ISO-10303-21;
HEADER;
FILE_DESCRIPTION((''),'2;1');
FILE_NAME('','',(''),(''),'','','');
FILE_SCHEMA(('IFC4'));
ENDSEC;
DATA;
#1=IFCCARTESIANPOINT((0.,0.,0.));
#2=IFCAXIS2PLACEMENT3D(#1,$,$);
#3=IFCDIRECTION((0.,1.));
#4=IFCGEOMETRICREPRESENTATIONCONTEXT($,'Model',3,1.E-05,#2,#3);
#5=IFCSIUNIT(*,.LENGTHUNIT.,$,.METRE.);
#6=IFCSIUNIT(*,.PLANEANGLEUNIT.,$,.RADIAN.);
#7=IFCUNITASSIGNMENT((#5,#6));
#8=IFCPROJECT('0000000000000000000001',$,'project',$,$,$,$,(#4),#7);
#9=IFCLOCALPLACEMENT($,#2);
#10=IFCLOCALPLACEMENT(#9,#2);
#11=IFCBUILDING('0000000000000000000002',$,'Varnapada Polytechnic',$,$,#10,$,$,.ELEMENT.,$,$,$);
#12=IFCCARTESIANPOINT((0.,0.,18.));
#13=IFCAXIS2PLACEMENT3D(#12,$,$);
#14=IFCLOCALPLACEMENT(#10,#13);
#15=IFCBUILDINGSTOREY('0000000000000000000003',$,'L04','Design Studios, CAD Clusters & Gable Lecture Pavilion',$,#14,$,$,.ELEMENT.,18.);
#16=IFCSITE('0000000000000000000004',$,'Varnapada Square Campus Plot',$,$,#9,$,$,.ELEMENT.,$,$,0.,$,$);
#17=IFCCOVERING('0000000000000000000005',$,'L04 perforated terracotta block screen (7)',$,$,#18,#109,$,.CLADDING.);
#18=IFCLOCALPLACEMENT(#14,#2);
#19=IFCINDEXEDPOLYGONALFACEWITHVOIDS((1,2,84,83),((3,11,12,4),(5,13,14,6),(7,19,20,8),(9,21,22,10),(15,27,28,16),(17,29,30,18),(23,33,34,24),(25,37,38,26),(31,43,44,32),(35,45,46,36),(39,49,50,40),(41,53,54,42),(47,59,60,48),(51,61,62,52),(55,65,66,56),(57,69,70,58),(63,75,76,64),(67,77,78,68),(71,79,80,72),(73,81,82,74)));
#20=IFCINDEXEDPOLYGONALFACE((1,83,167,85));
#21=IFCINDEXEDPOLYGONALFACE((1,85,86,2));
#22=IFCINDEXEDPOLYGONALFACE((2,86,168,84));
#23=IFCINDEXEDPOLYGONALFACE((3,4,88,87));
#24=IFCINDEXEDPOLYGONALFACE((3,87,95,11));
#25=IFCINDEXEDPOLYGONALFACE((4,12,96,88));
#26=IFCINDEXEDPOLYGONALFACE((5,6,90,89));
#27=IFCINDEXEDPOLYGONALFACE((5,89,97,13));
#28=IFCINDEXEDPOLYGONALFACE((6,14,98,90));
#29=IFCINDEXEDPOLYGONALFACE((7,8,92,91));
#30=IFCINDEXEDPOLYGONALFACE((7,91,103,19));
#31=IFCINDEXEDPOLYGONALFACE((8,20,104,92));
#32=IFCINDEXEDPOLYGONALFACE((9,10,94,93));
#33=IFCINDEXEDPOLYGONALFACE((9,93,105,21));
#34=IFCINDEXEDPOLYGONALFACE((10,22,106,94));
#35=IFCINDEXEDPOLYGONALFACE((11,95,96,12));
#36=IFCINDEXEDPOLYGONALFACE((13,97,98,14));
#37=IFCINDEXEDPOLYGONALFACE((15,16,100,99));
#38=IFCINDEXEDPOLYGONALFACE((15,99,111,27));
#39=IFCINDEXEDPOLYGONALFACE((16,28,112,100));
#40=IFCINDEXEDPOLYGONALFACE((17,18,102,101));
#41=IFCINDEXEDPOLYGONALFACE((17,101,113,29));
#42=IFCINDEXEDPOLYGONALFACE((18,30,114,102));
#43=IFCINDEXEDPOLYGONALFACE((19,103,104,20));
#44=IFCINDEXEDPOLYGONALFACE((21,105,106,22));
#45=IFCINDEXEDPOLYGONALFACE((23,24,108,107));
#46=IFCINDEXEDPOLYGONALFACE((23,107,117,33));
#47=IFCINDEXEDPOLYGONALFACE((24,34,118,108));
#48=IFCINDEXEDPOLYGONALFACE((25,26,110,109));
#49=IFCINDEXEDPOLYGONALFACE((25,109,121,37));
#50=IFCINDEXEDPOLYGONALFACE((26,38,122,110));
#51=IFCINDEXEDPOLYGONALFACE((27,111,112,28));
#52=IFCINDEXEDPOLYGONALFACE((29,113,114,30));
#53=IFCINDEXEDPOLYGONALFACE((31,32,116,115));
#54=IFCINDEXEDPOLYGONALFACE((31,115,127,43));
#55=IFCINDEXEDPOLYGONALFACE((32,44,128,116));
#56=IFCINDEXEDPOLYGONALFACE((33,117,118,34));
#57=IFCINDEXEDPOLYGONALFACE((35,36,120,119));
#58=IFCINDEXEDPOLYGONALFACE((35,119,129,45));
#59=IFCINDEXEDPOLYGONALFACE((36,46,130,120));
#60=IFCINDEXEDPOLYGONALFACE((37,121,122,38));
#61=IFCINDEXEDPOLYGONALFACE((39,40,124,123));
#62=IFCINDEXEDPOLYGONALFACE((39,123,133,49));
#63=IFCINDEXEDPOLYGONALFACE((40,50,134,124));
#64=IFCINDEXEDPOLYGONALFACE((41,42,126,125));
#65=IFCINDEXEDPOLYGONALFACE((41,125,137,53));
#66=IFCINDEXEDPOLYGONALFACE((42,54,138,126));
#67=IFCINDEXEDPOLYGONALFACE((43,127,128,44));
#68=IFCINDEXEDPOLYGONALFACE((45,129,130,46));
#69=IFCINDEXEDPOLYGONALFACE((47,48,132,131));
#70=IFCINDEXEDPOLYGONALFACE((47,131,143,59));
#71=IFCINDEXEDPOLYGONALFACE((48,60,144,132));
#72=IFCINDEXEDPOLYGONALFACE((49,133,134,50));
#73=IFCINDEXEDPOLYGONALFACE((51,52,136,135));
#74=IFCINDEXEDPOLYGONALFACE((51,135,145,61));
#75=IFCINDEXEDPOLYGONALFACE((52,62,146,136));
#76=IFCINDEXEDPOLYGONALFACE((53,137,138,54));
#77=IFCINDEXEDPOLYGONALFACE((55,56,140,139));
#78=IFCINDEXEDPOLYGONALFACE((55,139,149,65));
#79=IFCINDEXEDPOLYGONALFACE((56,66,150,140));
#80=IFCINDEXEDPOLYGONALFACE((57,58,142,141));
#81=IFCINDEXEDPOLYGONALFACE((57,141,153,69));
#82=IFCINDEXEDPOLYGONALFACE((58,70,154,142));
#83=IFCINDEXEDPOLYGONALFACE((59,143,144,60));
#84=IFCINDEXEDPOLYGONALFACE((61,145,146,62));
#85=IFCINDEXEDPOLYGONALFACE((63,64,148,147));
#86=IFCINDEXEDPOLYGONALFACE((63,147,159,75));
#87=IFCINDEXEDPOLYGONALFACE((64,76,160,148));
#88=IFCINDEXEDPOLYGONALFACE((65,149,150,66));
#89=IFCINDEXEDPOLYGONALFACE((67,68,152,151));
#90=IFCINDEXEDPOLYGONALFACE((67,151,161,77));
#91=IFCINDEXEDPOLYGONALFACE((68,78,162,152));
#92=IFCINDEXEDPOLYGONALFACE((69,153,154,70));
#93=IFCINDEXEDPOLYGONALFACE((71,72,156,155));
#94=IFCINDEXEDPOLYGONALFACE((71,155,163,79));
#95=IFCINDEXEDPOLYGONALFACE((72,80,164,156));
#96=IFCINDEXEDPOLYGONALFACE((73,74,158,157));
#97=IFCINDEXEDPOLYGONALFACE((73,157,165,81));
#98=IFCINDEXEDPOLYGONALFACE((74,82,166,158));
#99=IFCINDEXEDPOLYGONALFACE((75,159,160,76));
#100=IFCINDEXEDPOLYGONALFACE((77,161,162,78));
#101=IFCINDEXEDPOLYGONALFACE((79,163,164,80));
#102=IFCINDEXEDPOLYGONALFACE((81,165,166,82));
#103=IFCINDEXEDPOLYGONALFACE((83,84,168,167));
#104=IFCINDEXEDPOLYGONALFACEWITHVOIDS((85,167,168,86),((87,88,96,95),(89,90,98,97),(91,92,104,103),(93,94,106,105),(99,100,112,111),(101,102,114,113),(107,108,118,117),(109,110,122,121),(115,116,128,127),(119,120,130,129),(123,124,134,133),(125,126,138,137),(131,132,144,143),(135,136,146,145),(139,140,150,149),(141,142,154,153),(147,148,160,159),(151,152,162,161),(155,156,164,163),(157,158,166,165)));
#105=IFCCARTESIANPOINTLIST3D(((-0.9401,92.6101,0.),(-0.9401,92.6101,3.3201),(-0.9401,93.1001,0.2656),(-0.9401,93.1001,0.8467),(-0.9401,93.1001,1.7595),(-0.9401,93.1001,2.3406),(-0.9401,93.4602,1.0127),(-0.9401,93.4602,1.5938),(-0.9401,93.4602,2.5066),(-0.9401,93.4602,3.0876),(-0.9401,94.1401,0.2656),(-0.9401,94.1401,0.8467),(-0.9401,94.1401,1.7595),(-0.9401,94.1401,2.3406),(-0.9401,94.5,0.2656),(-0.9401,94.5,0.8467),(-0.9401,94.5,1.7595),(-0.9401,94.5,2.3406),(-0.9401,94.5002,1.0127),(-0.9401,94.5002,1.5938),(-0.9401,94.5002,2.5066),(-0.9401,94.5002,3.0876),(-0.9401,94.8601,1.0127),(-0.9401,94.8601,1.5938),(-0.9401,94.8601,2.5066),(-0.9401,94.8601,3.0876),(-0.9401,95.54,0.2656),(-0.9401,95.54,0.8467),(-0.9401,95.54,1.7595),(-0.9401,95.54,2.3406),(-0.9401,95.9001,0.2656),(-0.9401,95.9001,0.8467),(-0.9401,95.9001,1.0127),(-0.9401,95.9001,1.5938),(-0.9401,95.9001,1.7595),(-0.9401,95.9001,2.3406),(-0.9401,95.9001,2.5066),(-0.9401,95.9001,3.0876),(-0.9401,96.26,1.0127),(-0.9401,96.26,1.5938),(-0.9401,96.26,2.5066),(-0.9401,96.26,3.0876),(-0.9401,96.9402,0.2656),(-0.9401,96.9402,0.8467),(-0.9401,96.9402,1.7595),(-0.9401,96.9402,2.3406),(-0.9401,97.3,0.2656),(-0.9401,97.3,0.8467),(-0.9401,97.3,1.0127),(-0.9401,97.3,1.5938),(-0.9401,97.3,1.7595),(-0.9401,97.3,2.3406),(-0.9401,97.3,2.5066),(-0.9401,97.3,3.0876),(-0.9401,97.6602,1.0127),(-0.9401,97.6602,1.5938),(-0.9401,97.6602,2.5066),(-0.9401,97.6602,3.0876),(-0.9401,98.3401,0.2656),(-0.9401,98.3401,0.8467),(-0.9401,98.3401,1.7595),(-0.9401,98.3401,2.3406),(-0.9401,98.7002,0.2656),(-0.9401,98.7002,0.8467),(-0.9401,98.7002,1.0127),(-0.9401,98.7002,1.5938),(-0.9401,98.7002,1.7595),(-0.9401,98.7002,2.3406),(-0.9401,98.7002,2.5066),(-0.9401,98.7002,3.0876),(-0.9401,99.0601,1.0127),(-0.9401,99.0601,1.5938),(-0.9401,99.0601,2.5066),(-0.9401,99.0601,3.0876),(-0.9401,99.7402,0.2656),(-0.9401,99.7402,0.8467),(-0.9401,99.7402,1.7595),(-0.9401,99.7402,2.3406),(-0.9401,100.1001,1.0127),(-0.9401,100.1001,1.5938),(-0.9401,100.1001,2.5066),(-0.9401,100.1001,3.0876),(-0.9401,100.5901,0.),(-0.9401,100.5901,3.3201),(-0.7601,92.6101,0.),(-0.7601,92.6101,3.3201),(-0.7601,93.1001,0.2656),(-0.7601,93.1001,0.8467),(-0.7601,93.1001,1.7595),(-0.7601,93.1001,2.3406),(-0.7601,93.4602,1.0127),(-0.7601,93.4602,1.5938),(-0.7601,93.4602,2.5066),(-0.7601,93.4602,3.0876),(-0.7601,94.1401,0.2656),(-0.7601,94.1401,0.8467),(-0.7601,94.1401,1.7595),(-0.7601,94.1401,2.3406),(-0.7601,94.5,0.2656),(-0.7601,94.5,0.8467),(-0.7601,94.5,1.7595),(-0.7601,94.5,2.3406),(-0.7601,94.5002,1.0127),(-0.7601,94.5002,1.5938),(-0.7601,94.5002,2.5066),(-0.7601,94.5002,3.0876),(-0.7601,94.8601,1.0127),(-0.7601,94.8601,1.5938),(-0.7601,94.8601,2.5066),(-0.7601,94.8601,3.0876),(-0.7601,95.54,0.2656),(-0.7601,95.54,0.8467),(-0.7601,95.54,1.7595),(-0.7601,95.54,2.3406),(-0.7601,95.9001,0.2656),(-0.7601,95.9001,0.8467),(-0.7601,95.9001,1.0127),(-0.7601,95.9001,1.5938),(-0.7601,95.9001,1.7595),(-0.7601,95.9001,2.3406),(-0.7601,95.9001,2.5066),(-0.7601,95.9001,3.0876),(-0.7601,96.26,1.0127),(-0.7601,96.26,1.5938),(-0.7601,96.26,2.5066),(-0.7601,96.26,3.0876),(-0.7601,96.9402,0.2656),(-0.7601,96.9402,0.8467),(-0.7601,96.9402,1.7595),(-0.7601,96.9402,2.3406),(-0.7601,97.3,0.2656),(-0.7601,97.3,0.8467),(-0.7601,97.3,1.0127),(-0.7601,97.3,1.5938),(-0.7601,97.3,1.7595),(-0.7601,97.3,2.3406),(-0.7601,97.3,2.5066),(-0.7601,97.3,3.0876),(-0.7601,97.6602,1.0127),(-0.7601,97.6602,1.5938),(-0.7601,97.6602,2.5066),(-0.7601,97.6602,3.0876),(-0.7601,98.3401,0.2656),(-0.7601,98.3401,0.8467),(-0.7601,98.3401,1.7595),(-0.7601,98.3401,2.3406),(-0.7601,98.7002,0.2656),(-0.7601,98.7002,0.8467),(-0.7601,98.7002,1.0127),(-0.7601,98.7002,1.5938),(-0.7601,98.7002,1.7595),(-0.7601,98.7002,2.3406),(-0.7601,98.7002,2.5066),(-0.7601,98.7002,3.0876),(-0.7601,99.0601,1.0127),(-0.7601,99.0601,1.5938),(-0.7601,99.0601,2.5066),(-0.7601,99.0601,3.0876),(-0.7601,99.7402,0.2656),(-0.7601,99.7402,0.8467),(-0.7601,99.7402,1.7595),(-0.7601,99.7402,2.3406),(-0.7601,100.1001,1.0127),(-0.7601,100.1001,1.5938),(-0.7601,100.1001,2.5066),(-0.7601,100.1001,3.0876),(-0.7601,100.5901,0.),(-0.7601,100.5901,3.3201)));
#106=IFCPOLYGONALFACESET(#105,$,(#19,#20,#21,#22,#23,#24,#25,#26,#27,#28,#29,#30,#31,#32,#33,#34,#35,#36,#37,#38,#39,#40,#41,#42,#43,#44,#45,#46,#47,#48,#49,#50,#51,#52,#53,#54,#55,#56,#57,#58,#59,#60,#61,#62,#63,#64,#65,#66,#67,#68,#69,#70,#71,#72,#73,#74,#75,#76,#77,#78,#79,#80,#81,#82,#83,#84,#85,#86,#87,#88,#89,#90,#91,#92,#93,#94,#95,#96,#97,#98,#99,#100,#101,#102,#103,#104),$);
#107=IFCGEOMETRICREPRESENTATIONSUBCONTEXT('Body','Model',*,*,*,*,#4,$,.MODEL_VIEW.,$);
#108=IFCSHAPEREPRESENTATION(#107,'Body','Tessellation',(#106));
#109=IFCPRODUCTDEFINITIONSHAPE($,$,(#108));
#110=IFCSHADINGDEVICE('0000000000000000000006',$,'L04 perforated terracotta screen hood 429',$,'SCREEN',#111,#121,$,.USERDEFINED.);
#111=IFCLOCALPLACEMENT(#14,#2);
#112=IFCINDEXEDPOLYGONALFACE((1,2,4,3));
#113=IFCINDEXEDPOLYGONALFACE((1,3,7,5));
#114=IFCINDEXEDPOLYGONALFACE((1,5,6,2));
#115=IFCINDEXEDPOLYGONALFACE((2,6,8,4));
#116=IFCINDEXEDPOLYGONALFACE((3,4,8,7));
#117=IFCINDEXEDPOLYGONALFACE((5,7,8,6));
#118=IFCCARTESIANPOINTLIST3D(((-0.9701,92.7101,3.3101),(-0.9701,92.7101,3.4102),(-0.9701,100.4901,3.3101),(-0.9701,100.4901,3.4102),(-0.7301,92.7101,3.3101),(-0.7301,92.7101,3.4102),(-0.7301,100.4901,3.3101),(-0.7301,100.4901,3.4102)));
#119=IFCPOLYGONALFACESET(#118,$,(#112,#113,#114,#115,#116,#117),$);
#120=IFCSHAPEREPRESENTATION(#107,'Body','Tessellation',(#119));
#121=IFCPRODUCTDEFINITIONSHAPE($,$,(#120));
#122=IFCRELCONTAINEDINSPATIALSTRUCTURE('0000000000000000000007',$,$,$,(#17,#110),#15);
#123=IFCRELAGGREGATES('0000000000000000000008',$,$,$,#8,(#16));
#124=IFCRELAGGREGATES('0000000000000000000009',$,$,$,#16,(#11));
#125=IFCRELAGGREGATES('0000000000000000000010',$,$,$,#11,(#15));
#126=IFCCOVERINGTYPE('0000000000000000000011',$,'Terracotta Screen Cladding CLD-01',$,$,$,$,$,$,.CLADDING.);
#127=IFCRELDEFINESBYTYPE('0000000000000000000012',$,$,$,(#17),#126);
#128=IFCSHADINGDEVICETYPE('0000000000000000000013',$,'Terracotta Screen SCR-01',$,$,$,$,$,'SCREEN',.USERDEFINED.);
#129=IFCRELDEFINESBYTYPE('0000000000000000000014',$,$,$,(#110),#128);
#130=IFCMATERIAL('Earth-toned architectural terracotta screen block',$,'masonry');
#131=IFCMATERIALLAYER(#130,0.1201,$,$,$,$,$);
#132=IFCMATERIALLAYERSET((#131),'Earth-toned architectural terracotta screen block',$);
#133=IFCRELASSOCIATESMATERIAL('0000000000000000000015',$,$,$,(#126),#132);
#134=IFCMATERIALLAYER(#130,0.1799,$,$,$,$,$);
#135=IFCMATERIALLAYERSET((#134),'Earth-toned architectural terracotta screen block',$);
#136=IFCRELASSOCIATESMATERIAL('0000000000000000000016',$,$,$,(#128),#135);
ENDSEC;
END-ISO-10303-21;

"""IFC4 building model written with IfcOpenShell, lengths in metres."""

from ifc_helpers import new_model, si_unit, direction, frame, frame_2d, origin, origin_2d, place, context, subcontext, project, spatial, rectangle, extrude, material, layer, layer_set, type_object, element, save


model = new_model("IFC4")

# Units and contexts
model_context = context("Model", 3, precision=1e-05, world=origin(), true_north=direction((0.0, 1.0)))
body_context = subcontext(model_context, "Body", "Model", "MODEL_VIEW")
ifc_project = project(units=[si_unit("LENGTHUNIT", "METRE"), si_unit("PLANEANGLEUNIT", "RADIAN")], contexts=[model_context])

# Site, building, storey
site_placement = place(None, origin())
site = spatial("IfcSite", under=ifc_project, at=site_placement, Name="Varnapada Square Campus Plot", CompositionType="ELEMENT", RefElevation=0.0)
building_placement = place(site_placement, origin())
building = spatial("IfcBuilding", under=site, at=building_placement, Name="Varnapada Polytechnic", CompositionType="ELEMENT")
storey_placement = place(building_placement, frame((0.0, 0.0, 18.0)))
storey = spatial("IfcBuildingStorey", under=building, at=storey_placement, Name="L04", Description="Design Studios, CAD Clusters & Gable Lecture Pavilion", CompositionType="ELEMENT", Elevation=18.0)

# Covering, openings
ifc_material_1 = material(Name="Earth-toned architectural terracotta screen block", Category="masonry")
ifc_layer_1 = layer(ifc_material_1, 0.1201)
ifc_layer_set_1 = layer_set([ifc_layer_1], Name="Earth-toned architectural terracotta screen block")
covering_type = type_object("IfcCoveringType", Name="Terracotta Screen Cladding CLD-01", PredefinedType="CLADDING", material=ifc_layer_set_1)
covering_placement = place(storey_placement, frame((-0.8501, 92.6101, 0.0), z_axis=(0.0, 0.0, 1.0), x_axis=(0.0, 1.0, 0.0)))
covering = element("IfcCovering", 1, at=covering_placement, inside=storey, type_object=covering_type, Name="L04 perforated terracotta block screen (7)", PredefinedType="CLADDING", context=body_context, shape_type="SweptSolid", body=[
    extrude(rectangle(XDim=7.98, YDim=0.1799, at=frame_2d((3.99, 0.0))), origin(), (0.0, 0.0, 1.0), 3.3201),
])
opening_1_placement = place(covering_placement, frame((0.49, 0.0, 0.2656)))
element("IfcOpeningElement", 2, at=opening_1_placement, cuts=covering, PredefinedType="OPENING", context=body_context, shape_type="SweptSolid", body=[
    extrude(rectangle(XDim=1.04, YDim=0.5811, at=frame_2d((0.52, 0.2905))), frame((0.0, 0.0999, 0.0), z_axis=(0.0, -1.0, 0.0), x_axis=(1.0, 0.0, 0.0)), (0.0, 0.0, 1.0), 0.2),
])
opening_2_placement = place(covering_placement, frame((1.8899, 0.0, 0.2656)))
element("IfcOpeningElement", 3, at=opening_2_placement, cuts=covering, PredefinedType="OPENING", context=body_context, shape_type="SweptSolid", body=[
    extrude(rectangle(XDim=1.04, YDim=0.5811, at=frame_2d((0.52, 0.2905))), frame((0.0, 0.0999, 0.0), z_axis=(0.0, -1.0, 0.0), x_axis=(1.0, 0.0, 0.0)), (0.0, 0.0, 1.0), 0.2),
])
opening_3_placement = place(covering_placement, frame((3.29, 0.0, 0.2656)))
element("IfcOpeningElement", 4, at=opening_3_placement, cuts=covering, PredefinedType="OPENING", context=body_context, shape_type="SweptSolid", body=[
    extrude(rectangle(XDim=1.04, YDim=0.5811, at=frame_2d((0.52, 0.2905))), frame((0.0, 0.0999, 0.0), z_axis=(0.0, -1.0, 0.0), x_axis=(1.0, 0.0, 0.0)), (0.0, 0.0, 1.0), 0.2),
])
opening_4_placement = place(covering_placement, frame((4.6899, 0.0, 0.2656)))
element("IfcOpeningElement", 5, at=opening_4_placement, cuts=covering, PredefinedType="OPENING", context=body_context, shape_type="SweptSolid", body=[
    extrude(rectangle(XDim=1.04, YDim=0.5811, at=frame_2d((0.52, 0.2905))), frame((0.0, 0.0999, 0.0), z_axis=(0.0, -1.0, 0.0), x_axis=(1.0, 0.0, 0.0)), (0.0, 0.0, 1.0), 0.2),
])
opening_5_placement = place(covering_placement, frame((6.0901, 0.0, 0.2656)))
element("IfcOpeningElement", 6, at=opening_5_placement, cuts=covering, PredefinedType="OPENING", context=body_context, shape_type="SweptSolid", body=[
    extrude(rectangle(XDim=1.04, YDim=0.5811, at=frame_2d((0.52, 0.2905))), frame((0.0, 0.0999, 0.0), z_axis=(0.0, -1.0, 0.0), x_axis=(1.0, 0.0, 0.0)), (0.0, 0.0, 1.0), 0.2),
])
opening_6_placement = place(covering_placement, frame((0.8501, 0.0, 1.0127)))
element("IfcOpeningElement", 7, at=opening_6_placement, cuts=covering, PredefinedType="OPENING", context=body_context, shape_type="SweptSolid", body=[
    extrude(rectangle(XDim=1.04, YDim=0.5811, at=frame_2d((0.52, 0.2905))), frame((0.0, 0.0999, 0.0), z_axis=(0.0, -1.0, 0.0), x_axis=(1.0, 0.0, 0.0)), (0.0, 0.0, 1.0), 0.2),
])
opening_7_placement = place(covering_placement, frame((2.25, 0.0, 1.0127)))
element("IfcOpeningElement", 8, at=opening_7_placement, cuts=covering, PredefinedType="OPENING", context=body_context, shape_type="SweptSolid", body=[
    extrude(rectangle(XDim=1.04, YDim=0.5811, at=frame_2d((0.52, 0.2905))), frame((0.0, 0.0999, 0.0), z_axis=(0.0, -1.0, 0.0), x_axis=(1.0, 0.0, 0.0)), (0.0, 0.0, 1.0), 0.2),
])
opening_8_placement = place(covering_placement, frame((3.6499, 0.0, 1.0127)))
element("IfcOpeningElement", 9, at=opening_8_placement, cuts=covering, PredefinedType="OPENING", context=body_context, shape_type="SweptSolid", body=[
    extrude(rectangle(XDim=1.04, YDim=0.5811, at=frame_2d((0.52, 0.2905))), frame((0.0, 0.0999, 0.0), z_axis=(0.0, -1.0, 0.0), x_axis=(1.0, 0.0, 0.0)), (0.0, 0.0, 1.0), 0.2),
])
opening_9_placement = place(covering_placement, frame((5.05, 0.0, 1.0127)))
element("IfcOpeningElement", 10, at=opening_9_placement, cuts=covering, PredefinedType="OPENING", context=body_context, shape_type="SweptSolid", body=[
    extrude(rectangle(XDim=1.04, YDim=0.5811, at=frame_2d((0.52, 0.2905))), frame((0.0, 0.0999, 0.0), z_axis=(0.0, -1.0, 0.0), x_axis=(1.0, 0.0, 0.0)), (0.0, 0.0, 1.0), 0.2),
])
opening_10_placement = place(covering_placement, frame((6.45, 0.0, 1.0127)))
element("IfcOpeningElement", 11, at=opening_10_placement, cuts=covering, PredefinedType="OPENING", context=body_context, shape_type="SweptSolid", body=[
    extrude(rectangle(XDim=1.04, YDim=0.5811, at=frame_2d((0.52, 0.2905))), frame((0.0, 0.0999, 0.0), z_axis=(0.0, -1.0, 0.0), x_axis=(1.0, 0.0, 0.0)), (0.0, 0.0, 1.0), 0.2),
])
opening_11_placement = place(covering_placement, frame((0.49, 0.0, 1.7595)))
element("IfcOpeningElement", 12, at=opening_11_placement, cuts=covering, PredefinedType="OPENING", context=body_context, shape_type="SweptSolid", body=[
    extrude(rectangle(XDim=1.04, YDim=0.5811, at=frame_2d((0.52, 0.2905))), frame((0.0, 0.0999, 0.0), z_axis=(0.0, -1.0, 0.0), x_axis=(1.0, 0.0, 0.0)), (0.0, 0.0, 1.0), 0.2),
])
opening_12_placement = place(covering_placement, frame((1.8899, 0.0, 1.7595)))
element("IfcOpeningElement", 13, at=opening_12_placement, cuts=covering, PredefinedType="OPENING", context=body_context, shape_type="SweptSolid", body=[
    extrude(rectangle(XDim=1.04, YDim=0.5811, at=frame_2d((0.52, 0.2905))), frame((0.0, 0.0999, 0.0), z_axis=(0.0, -1.0, 0.0), x_axis=(1.0, 0.0, 0.0)), (0.0, 0.0, 1.0), 0.2),
])
opening_13_placement = place(covering_placement, frame((3.29, 0.0, 1.7595)))
element("IfcOpeningElement", 14, at=opening_13_placement, cuts=covering, PredefinedType="OPENING", context=body_context, shape_type="SweptSolid", body=[
    extrude(rectangle(XDim=1.04, YDim=0.5811, at=frame_2d((0.52, 0.2905))), frame((0.0, 0.0999, 0.0), z_axis=(0.0, -1.0, 0.0), x_axis=(1.0, 0.0, 0.0)), (0.0, 0.0, 1.0), 0.2),
])
opening_14_placement = place(covering_placement, frame((4.6899, 0.0, 1.7595)))
element("IfcOpeningElement", 15, at=opening_14_placement, cuts=covering, PredefinedType="OPENING", context=body_context, shape_type="SweptSolid", body=[
    extrude(rectangle(XDim=1.04, YDim=0.5811, at=frame_2d((0.52, 0.2905))), frame((0.0, 0.0999, 0.0), z_axis=(0.0, -1.0, 0.0), x_axis=(1.0, 0.0, 0.0)), (0.0, 0.0, 1.0), 0.2),
])
opening_15_placement = place(covering_placement, frame((6.0901, 0.0, 1.7595)))
element("IfcOpeningElement", 16, at=opening_15_placement, cuts=covering, PredefinedType="OPENING", context=body_context, shape_type="SweptSolid", body=[
    extrude(rectangle(XDim=1.04, YDim=0.5811, at=frame_2d((0.52, 0.2905))), frame((0.0, 0.0999, 0.0), z_axis=(0.0, -1.0, 0.0), x_axis=(1.0, 0.0, 0.0)), (0.0, 0.0, 1.0), 0.2),
])
opening_16_placement = place(covering_placement, frame((0.8501, 0.0, 2.5066)))
element("IfcOpeningElement", 17, at=opening_16_placement, cuts=covering, PredefinedType="OPENING", context=body_context, shape_type="SweptSolid", body=[
    extrude(rectangle(XDim=1.04, YDim=0.5811, at=frame_2d((0.52, 0.2905))), frame((0.0, 0.0999, 0.0), z_axis=(0.0, -1.0, 0.0), x_axis=(1.0, 0.0, 0.0)), (0.0, 0.0, 1.0), 0.2),
])
opening_17_placement = place(covering_placement, frame((2.25, 0.0, 2.5066)))
element("IfcOpeningElement", 18, at=opening_17_placement, cuts=covering, PredefinedType="OPENING", context=body_context, shape_type="SweptSolid", body=[
    extrude(rectangle(XDim=1.04, YDim=0.5811, at=frame_2d((0.52, 0.2905))), frame((0.0, 0.0999, 0.0), z_axis=(0.0, -1.0, 0.0), x_axis=(1.0, 0.0, 0.0)), (0.0, 0.0, 1.0), 0.2),
])
opening_18_placement = place(covering_placement, frame((3.6499, 0.0, 2.5066)))
element("IfcOpeningElement", 19, at=opening_18_placement, cuts=covering, PredefinedType="OPENING", context=body_context, shape_type="SweptSolid", body=[
    extrude(rectangle(XDim=1.04, YDim=0.5811, at=frame_2d((0.52, 0.2905))), frame((0.0, 0.0999, 0.0), z_axis=(0.0, -1.0, 0.0), x_axis=(1.0, 0.0, 0.0)), (0.0, 0.0, 1.0), 0.2),
])
opening_19_placement = place(covering_placement, frame((5.05, 0.0, 2.5066)))
element("IfcOpeningElement", 20, at=opening_19_placement, cuts=covering, PredefinedType="OPENING", context=body_context, shape_type="SweptSolid", body=[
    extrude(rectangle(XDim=1.04, YDim=0.5811, at=frame_2d((0.52, 0.2905))), frame((0.0, 0.0999, 0.0), z_axis=(0.0, -1.0, 0.0), x_axis=(1.0, 0.0, 0.0)), (0.0, 0.0, 1.0), 0.2),
])
opening_20_placement = place(covering_placement, frame((6.45, 0.0, 2.5066)))
element("IfcOpeningElement", 21, at=opening_20_placement, cuts=covering, PredefinedType="OPENING", context=body_context, shape_type="SweptSolid", body=[
    extrude(rectangle(XDim=1.04, YDim=0.5811, at=frame_2d((0.52, 0.2905))), frame((0.0, 0.0999, 0.0), z_axis=(0.0, -1.0, 0.0), x_axis=(1.0, 0.0, 0.0)), (0.0, 0.0, 1.0), 0.2),
])

# Shading device
ifc_layer_2 = layer(ifc_material_1, 0.1799)
ifc_layer_set_2 = layer_set([ifc_layer_2], Name="Earth-toned architectural terracotta screen block")
shading_device_type = type_object("IfcShadingDeviceType", Name="Terracotta Screen SCR-01", ElementType="SCREEN", PredefinedType="USERDEFINED", material=ifc_layer_set_2)
shading_device_placement = place(storey_placement, frame((-0.8501, 96.6001, 3.3101), z_axis=(0.0, 0.0, 1.0), x_axis=(0.0, 1.0, 0.0)))
element("IfcShadingDevice", 22, at=shading_device_placement, inside=storey, type_object=shading_device_type, Name="L04 perforated terracotta screen hood 429", ObjectType="SCREEN", PredefinedType="USERDEFINED", context=body_context, shape_type="SweptSolid", body=[
    extrude(rectangle(XDim=7.78, YDim=0.24, at=origin_2d()), origin(), (0.0, 0.0, 1.0), 0.1001),
])

save(model, "model.ifc")
